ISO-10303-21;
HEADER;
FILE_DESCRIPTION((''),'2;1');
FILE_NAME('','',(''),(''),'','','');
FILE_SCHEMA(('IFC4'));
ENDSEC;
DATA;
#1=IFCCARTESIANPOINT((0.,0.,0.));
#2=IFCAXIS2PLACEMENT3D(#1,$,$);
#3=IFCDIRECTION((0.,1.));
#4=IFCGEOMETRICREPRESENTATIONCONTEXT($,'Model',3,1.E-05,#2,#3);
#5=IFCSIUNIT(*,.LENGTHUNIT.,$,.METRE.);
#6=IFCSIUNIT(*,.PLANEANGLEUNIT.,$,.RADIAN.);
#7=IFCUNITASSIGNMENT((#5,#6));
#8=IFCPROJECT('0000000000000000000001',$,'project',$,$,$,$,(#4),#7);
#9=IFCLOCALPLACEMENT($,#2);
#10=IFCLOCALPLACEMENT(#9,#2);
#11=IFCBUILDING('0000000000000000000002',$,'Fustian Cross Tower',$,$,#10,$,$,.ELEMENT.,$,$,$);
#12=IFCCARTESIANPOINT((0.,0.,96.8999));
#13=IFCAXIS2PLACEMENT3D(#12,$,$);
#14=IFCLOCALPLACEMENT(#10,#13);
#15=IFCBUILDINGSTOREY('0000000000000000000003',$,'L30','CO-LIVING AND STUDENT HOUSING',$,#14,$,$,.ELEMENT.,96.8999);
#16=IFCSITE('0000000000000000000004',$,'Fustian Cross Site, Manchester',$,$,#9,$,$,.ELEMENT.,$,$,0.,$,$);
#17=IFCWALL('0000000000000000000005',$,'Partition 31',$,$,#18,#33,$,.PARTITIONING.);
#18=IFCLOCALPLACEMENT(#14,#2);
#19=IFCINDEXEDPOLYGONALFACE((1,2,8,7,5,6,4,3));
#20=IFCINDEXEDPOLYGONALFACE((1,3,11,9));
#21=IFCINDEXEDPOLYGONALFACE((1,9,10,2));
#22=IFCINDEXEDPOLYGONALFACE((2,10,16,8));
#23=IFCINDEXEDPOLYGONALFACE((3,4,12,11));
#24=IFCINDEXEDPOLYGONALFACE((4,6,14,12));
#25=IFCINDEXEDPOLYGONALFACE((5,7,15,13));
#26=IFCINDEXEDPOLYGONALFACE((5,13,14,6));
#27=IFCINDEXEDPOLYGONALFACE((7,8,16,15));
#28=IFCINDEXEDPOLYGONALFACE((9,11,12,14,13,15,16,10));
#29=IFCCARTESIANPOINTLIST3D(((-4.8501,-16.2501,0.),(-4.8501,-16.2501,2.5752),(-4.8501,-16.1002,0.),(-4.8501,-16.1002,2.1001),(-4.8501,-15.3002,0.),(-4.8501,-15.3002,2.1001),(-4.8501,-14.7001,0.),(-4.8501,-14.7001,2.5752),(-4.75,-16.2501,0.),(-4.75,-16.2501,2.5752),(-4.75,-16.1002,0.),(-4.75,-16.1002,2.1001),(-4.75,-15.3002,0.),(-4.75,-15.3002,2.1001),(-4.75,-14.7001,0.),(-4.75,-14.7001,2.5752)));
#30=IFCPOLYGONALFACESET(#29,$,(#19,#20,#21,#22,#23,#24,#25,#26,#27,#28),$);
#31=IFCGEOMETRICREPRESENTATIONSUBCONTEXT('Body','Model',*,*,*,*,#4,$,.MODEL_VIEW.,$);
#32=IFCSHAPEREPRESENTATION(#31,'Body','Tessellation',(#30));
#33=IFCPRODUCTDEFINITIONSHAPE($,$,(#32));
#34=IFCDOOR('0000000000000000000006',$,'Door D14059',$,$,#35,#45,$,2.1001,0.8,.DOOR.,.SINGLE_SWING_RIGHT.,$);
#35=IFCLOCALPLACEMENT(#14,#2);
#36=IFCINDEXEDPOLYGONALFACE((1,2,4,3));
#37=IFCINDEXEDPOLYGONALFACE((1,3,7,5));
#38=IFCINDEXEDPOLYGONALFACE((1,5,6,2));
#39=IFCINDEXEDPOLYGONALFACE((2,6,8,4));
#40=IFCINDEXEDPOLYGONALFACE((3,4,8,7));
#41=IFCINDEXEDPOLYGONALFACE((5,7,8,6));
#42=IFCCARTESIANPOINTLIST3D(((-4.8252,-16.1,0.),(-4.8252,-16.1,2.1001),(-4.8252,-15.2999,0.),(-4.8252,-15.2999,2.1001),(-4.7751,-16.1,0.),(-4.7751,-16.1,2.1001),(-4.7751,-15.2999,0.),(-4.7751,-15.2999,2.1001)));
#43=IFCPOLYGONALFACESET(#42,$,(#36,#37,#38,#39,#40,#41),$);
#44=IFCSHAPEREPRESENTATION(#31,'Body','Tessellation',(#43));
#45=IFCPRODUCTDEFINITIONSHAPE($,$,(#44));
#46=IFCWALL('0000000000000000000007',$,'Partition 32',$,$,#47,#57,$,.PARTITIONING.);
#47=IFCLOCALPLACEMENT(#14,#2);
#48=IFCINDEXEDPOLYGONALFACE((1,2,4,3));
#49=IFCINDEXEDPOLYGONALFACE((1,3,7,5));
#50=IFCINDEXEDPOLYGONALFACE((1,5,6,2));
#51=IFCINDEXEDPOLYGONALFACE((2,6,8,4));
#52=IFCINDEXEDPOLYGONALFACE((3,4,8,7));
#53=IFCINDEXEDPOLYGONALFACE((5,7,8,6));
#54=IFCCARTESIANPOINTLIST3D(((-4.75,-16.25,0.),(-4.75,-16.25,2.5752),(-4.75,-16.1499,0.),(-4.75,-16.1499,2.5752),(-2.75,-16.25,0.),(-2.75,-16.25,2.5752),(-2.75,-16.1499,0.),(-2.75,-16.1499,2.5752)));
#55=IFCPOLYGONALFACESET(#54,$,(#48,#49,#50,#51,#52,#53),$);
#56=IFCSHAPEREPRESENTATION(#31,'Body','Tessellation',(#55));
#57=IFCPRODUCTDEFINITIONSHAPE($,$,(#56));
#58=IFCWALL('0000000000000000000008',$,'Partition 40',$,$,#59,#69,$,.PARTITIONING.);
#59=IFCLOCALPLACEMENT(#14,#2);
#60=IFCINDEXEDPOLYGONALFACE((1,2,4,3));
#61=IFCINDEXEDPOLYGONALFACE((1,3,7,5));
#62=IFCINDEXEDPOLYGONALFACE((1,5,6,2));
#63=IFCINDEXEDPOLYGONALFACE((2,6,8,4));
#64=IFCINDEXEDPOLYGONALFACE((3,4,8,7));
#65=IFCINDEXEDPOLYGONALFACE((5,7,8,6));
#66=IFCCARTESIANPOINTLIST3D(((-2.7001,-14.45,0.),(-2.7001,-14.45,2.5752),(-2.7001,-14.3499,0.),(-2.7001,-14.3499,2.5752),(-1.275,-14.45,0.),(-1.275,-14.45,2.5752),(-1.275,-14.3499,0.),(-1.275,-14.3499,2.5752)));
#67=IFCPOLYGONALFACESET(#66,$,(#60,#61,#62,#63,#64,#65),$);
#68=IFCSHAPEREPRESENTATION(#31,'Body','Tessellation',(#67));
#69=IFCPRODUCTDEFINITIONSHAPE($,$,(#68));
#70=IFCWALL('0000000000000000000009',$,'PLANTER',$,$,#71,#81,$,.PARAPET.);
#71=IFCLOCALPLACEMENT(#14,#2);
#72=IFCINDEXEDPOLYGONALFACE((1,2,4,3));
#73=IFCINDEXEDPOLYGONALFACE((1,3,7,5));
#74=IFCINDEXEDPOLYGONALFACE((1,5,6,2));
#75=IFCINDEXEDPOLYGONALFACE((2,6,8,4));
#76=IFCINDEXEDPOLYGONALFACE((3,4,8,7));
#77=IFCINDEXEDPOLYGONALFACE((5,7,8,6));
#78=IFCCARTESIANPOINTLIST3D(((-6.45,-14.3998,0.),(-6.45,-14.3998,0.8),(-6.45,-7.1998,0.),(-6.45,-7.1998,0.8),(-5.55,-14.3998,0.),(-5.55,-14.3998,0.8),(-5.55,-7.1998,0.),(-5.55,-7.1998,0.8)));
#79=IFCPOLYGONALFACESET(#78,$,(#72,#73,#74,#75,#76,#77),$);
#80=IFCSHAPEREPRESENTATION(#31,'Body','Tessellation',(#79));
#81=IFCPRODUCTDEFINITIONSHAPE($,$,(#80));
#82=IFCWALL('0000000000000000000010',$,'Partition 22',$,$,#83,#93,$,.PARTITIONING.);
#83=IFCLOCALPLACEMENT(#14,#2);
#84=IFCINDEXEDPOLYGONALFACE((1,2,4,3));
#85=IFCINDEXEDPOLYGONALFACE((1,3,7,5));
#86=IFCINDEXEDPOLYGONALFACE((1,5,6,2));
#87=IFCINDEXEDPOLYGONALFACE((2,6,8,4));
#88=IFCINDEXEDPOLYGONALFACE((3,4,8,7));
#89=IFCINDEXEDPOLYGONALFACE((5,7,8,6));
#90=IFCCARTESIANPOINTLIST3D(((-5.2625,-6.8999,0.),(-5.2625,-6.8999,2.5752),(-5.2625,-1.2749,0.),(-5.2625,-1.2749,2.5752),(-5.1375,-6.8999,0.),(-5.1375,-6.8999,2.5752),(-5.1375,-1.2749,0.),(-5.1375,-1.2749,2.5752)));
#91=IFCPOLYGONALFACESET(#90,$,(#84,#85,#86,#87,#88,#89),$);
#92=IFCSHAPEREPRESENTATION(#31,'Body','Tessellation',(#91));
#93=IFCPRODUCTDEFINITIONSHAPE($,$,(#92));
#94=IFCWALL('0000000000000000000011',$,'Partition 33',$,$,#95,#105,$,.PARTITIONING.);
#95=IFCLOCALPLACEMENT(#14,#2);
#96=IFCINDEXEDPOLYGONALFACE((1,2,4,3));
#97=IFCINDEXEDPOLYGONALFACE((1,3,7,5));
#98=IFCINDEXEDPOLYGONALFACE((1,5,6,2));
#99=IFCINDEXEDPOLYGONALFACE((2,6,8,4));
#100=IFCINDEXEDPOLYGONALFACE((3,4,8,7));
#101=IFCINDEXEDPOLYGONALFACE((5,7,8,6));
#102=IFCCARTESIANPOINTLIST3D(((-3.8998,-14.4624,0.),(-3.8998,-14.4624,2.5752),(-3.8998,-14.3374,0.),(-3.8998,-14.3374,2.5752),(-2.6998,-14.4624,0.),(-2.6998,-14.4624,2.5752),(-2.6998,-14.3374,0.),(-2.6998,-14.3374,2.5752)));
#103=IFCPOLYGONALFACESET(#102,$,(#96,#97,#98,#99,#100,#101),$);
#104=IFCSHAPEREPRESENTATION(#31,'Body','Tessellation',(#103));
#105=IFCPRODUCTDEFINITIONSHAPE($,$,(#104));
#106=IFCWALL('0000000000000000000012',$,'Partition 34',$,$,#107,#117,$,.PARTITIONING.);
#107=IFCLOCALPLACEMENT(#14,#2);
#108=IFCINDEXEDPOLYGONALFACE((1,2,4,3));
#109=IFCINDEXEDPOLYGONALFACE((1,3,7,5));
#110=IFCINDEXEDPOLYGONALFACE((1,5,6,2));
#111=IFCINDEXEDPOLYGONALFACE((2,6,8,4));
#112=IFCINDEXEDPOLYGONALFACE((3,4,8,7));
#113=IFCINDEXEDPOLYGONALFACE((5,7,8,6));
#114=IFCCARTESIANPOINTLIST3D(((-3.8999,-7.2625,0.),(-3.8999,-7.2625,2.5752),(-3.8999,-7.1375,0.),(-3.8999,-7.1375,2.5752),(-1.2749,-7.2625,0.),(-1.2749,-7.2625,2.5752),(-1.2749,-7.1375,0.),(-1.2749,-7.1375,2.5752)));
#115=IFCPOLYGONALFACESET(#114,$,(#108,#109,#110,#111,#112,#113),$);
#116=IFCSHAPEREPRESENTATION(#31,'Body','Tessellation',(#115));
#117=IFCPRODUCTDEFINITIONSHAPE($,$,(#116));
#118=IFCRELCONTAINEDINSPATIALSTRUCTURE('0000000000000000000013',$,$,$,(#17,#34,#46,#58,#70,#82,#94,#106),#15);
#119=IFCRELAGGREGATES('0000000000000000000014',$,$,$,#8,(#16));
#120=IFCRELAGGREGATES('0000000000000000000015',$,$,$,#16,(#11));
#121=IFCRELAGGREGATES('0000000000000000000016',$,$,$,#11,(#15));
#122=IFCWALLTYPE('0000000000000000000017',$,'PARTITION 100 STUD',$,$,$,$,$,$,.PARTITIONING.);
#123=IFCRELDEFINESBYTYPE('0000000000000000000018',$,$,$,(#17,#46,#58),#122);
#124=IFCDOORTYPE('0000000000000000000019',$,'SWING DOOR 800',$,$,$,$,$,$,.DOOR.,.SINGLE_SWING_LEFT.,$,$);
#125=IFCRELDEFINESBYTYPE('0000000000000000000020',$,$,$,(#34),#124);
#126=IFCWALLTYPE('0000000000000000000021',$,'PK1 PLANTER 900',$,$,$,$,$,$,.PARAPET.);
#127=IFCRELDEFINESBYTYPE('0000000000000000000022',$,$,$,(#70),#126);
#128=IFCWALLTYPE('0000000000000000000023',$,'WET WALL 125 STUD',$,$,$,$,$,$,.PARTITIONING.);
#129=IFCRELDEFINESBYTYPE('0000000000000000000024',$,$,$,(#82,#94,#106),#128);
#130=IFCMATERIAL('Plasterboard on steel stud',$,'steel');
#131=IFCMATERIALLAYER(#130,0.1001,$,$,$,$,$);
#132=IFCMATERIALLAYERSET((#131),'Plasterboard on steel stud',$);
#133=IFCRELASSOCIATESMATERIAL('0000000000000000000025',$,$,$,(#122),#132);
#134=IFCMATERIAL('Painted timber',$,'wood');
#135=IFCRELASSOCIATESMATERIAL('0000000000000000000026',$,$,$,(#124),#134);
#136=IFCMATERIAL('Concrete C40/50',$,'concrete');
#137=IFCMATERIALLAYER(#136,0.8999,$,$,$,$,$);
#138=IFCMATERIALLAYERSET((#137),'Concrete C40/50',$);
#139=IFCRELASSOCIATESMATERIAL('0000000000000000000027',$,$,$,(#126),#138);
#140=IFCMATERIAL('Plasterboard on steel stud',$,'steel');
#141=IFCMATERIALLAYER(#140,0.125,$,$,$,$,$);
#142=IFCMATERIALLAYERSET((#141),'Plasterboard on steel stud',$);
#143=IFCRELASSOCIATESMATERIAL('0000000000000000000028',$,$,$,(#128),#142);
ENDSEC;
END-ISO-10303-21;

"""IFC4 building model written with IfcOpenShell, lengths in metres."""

from ifc_helpers import new_model, si_unit, direction, frame, frame_2d, origin, place, context, subcontext, project, spatial, rectangle, extrude, material, layer, layer_set, type_object, element, fill, save


model = new_model("IFC4")

# Units and contexts
model_context = context("Model", 3, precision=1e-05, world=origin(), true_north=direction((0.0, 1.0)))
body_context = subcontext(model_context, "Body", "Model", "MODEL_VIEW")
ifc_project = project(units=[si_unit("LENGTHUNIT", "METRE"), si_unit("PLANEANGLEUNIT", "RADIAN")], contexts=[model_context])

# Site, building, storey
site_placement = place(None, origin())
site = spatial("IfcSite", under=ifc_project, at=site_placement, Name="Fustian Cross Site, Manchester", CompositionType="ELEMENT", RefElevation=0.0)
building_placement = place(site_placement, origin())
building = spatial("IfcBuilding", under=site, at=building_placement, Name="Fustian Cross Tower", CompositionType="ELEMENT")
storey_placement = place(building_placement, frame((0.0, 0.0, 96.8999)))
storey = spatial("IfcBuildingStorey", under=building, at=storey_placement, Name="L30", Description="CO-LIVING AND STUDENT HOUSING", CompositionType="ELEMENT", Elevation=96.8999)

# Shared definitions
ifc_material_1 = material(Name="Plasterboard on steel stud", Category="steel")
ifc_layer_1 = layer(ifc_material_1, 0.1001)
ifc_layer_set_1 = layer_set([ifc_layer_1], Name="Plasterboard on steel stud")
wall_type_1 = type_object("IfcWallType", Name="PARTITION 100 STUD", PredefinedType="PARTITIONING", material=ifc_layer_set_1)
ifc_material_2 = material(Name="Painted timber", Category="wood")
door_type_1 = type_object("IfcDoorType", Name="SWING DOOR 800", OperationType="SINGLE_SWING_LEFT", PredefinedType="DOOR", material=ifc_material_2)

# Wall, opening, door
wall_1_placement = place(storey_placement, frame((-4.8, -16.25, 0.0), z_axis=(0.0, 0.0, 1.0), x_axis=(0.0, 1.0, 0.0)))
wall_1 = element("IfcWall", 1, at=wall_1_placement, inside=storey, type_object=wall_type_1, Name="Partition 31", PredefinedType="PARTITIONING", context=body_context, shape_type="SweptSolid", body=[
    extrude(rectangle(XDim=1.55, YDim=0.1001, at=frame_2d((0.7749, 0.0))), origin(), (0.0, 0.0, 1.0), 2.5752),
])
opening_1_placement = place(wall_1_placement, frame((0.1499, 0.0, 0.0)))
opening_1 = element("IfcOpeningElement", 2, at=opening_1_placement, cuts=wall_1, PredefinedType="OPENING", context=body_context, shape_type="SweptSolid", body=[
    extrude(rectangle(XDim=0.8, YDim=2.1001, at=frame_2d((0.3999, 1.05))), frame((0.0, 0.0601, 0.0), z_axis=(0.0, -1.0, 0.0), x_axis=(1.0, 0.0, 0.0)), (0.0, 0.0, 1.0), 0.1201),
])
door_1_placement = place(opening_1_placement, frame((0.8, 0.0, 0.0), z_axis=(0.0, 0.0, 1.0), x_axis=(-1.0, 0.0, 0.0)))
door_1 = element("IfcDoor", 3, at=door_1_placement, inside=storey, type_object=door_type_1, Name="Door D14059", OperationType="SINGLE_SWING_RIGHT", OverallHeight=2.1001, OverallWidth=0.8, PredefinedType="DOOR", context=body_context, shape_type="SweptSolid", body=[
    extrude(rectangle(XDim=0.8, YDim=2.1001, at=frame_2d((0.3999, 1.05))), frame((0.0, 0.0249, 0.0), z_axis=(0.0, -1.0, 0.0), x_axis=(1.0, 0.0, 0.0)), (0.0, 0.0, 1.0), 0.05),
])
fill(opening_1, door_1)

# Walls
wall_2_placement = place(storey_placement, frame((-4.75, -16.2, 0.0), z_axis=(0.0, 0.0, 1.0), x_axis=(1.0, 0.0, 0.0)))
element("IfcWall", 4, at=wall_2_placement, inside=storey, type_object=wall_type_1, Name="Partition 32", PredefinedType="PARTITIONING", context=body_context, shape_type="SweptSolid", body=[
    extrude(rectangle(XDim=2.0, YDim=0.1001, at=frame_2d((1.0, 0.0))), origin(), (0.0, 0.0, 1.0), 2.5752),
])
wall_3_placement = place(storey_placement, frame((-2.7, -14.3999, 0.0), z_axis=(0.0, 0.0, 1.0), x_axis=(1.0, 0.0, 0.0)))
element("IfcWall", 5, at=wall_3_placement, inside=storey, type_object=wall_type_1, Name="Partition 40", PredefinedType="PARTITIONING", context=body_context, shape_type="SweptSolid", body=[
    extrude(rectangle(XDim=1.425, YDim=0.1001, at=frame_2d((0.7124, 0.0))), origin(), (0.0, 0.0, 1.0), 2.5752),
])
ifc_material_3 = material(Name="Concrete C40/50", Category="concrete")
ifc_layer_2 = layer(ifc_material_3, 0.8999)
ifc_layer_set_2 = layer_set([ifc_layer_2], Name="Concrete C40/50")
wall_type_2 = type_object("IfcWallType", Name="PK1 PLANTER 900", PredefinedType="PARAPET", material=ifc_layer_set_2)
wall_4_placement = place(storey_placement, frame((-6.0, -14.3999, 0.0), z_axis=(0.0, 0.0, 1.0), x_axis=(0.0, 1.0, 0.0)))
element("IfcWall", 6, at=wall_4_placement, inside=storey, type_object=wall_type_2, Name="PLANTER", PredefinedType="PARAPET", context=body_context, shape_type="SweptSolid", body=[
    extrude(rectangle(XDim=7.2, YDim=0.8999, at=frame_2d((3.6001, 0.0))), origin(), (0.0, 0.0, 1.0), 0.8),
])
ifc_material_4 = material(Name="Plasterboard on steel stud", Category="steel")
ifc_layer_3 = layer(ifc_material_4, 0.125)
ifc_layer_set_3 = layer_set([ifc_layer_3], Name="Plasterboard on steel stud")
wall_type_3 = type_object("IfcWallType", Name="WET WALL 125 STUD", PredefinedType="PARTITIONING", material=ifc_layer_set_3)
wall_5_placement = place(storey_placement, frame((-5.2, -6.8999, 0.0), z_axis=(0.0, 0.0, 1.0), x_axis=(0.0, 1.0, 0.0)))
element("IfcWall", 7, at=wall_5_placement, inside=storey, type_object=wall_type_3, Name="Partition 22", PredefinedType="PARTITIONING", context=body_context, shape_type="SweptSolid", body=[
    extrude(rectangle(XDim=5.625, YDim=0.125, at=frame_2d((2.8125, 0.0))), origin(), (0.0, 0.0, 1.0), 2.5752),
])
wall_6_placement = place(storey_placement, frame((-3.8999, -14.3999, 0.0), z_axis=(0.0, 0.0, 1.0), x_axis=(1.0, 0.0, 0.0)))
element("IfcWall", 8, at=wall_6_placement, inside=storey, type_object=wall_type_3, Name="Partition 33", PredefinedType="PARTITIONING", context=body_context, shape_type="SweptSolid", body=[
    extrude(rectangle(XDim=1.2, YDim=0.125, at=frame_2d((0.6001, 0.0))), origin(), (0.0, 0.0, 1.0), 2.5752),
])
wall_7_placement = place(storey_placement, frame((-3.8999, -7.2, 0.0), z_axis=(0.0, 0.0, 1.0), x_axis=(1.0, 0.0, 0.0)))
element("IfcWall", 9, at=wall_7_placement, inside=storey, type_object=wall_type_3, Name="Partition 34", PredefinedType="PARTITIONING", context=body_context, shape_type="SweptSolid", body=[
    extrude(rectangle(XDim=2.625, YDim=0.125, at=frame_2d((1.3125, 0.0))), origin(), (0.0, 0.0, 1.0), 2.5752),
])

save(model, "model.ifc")
